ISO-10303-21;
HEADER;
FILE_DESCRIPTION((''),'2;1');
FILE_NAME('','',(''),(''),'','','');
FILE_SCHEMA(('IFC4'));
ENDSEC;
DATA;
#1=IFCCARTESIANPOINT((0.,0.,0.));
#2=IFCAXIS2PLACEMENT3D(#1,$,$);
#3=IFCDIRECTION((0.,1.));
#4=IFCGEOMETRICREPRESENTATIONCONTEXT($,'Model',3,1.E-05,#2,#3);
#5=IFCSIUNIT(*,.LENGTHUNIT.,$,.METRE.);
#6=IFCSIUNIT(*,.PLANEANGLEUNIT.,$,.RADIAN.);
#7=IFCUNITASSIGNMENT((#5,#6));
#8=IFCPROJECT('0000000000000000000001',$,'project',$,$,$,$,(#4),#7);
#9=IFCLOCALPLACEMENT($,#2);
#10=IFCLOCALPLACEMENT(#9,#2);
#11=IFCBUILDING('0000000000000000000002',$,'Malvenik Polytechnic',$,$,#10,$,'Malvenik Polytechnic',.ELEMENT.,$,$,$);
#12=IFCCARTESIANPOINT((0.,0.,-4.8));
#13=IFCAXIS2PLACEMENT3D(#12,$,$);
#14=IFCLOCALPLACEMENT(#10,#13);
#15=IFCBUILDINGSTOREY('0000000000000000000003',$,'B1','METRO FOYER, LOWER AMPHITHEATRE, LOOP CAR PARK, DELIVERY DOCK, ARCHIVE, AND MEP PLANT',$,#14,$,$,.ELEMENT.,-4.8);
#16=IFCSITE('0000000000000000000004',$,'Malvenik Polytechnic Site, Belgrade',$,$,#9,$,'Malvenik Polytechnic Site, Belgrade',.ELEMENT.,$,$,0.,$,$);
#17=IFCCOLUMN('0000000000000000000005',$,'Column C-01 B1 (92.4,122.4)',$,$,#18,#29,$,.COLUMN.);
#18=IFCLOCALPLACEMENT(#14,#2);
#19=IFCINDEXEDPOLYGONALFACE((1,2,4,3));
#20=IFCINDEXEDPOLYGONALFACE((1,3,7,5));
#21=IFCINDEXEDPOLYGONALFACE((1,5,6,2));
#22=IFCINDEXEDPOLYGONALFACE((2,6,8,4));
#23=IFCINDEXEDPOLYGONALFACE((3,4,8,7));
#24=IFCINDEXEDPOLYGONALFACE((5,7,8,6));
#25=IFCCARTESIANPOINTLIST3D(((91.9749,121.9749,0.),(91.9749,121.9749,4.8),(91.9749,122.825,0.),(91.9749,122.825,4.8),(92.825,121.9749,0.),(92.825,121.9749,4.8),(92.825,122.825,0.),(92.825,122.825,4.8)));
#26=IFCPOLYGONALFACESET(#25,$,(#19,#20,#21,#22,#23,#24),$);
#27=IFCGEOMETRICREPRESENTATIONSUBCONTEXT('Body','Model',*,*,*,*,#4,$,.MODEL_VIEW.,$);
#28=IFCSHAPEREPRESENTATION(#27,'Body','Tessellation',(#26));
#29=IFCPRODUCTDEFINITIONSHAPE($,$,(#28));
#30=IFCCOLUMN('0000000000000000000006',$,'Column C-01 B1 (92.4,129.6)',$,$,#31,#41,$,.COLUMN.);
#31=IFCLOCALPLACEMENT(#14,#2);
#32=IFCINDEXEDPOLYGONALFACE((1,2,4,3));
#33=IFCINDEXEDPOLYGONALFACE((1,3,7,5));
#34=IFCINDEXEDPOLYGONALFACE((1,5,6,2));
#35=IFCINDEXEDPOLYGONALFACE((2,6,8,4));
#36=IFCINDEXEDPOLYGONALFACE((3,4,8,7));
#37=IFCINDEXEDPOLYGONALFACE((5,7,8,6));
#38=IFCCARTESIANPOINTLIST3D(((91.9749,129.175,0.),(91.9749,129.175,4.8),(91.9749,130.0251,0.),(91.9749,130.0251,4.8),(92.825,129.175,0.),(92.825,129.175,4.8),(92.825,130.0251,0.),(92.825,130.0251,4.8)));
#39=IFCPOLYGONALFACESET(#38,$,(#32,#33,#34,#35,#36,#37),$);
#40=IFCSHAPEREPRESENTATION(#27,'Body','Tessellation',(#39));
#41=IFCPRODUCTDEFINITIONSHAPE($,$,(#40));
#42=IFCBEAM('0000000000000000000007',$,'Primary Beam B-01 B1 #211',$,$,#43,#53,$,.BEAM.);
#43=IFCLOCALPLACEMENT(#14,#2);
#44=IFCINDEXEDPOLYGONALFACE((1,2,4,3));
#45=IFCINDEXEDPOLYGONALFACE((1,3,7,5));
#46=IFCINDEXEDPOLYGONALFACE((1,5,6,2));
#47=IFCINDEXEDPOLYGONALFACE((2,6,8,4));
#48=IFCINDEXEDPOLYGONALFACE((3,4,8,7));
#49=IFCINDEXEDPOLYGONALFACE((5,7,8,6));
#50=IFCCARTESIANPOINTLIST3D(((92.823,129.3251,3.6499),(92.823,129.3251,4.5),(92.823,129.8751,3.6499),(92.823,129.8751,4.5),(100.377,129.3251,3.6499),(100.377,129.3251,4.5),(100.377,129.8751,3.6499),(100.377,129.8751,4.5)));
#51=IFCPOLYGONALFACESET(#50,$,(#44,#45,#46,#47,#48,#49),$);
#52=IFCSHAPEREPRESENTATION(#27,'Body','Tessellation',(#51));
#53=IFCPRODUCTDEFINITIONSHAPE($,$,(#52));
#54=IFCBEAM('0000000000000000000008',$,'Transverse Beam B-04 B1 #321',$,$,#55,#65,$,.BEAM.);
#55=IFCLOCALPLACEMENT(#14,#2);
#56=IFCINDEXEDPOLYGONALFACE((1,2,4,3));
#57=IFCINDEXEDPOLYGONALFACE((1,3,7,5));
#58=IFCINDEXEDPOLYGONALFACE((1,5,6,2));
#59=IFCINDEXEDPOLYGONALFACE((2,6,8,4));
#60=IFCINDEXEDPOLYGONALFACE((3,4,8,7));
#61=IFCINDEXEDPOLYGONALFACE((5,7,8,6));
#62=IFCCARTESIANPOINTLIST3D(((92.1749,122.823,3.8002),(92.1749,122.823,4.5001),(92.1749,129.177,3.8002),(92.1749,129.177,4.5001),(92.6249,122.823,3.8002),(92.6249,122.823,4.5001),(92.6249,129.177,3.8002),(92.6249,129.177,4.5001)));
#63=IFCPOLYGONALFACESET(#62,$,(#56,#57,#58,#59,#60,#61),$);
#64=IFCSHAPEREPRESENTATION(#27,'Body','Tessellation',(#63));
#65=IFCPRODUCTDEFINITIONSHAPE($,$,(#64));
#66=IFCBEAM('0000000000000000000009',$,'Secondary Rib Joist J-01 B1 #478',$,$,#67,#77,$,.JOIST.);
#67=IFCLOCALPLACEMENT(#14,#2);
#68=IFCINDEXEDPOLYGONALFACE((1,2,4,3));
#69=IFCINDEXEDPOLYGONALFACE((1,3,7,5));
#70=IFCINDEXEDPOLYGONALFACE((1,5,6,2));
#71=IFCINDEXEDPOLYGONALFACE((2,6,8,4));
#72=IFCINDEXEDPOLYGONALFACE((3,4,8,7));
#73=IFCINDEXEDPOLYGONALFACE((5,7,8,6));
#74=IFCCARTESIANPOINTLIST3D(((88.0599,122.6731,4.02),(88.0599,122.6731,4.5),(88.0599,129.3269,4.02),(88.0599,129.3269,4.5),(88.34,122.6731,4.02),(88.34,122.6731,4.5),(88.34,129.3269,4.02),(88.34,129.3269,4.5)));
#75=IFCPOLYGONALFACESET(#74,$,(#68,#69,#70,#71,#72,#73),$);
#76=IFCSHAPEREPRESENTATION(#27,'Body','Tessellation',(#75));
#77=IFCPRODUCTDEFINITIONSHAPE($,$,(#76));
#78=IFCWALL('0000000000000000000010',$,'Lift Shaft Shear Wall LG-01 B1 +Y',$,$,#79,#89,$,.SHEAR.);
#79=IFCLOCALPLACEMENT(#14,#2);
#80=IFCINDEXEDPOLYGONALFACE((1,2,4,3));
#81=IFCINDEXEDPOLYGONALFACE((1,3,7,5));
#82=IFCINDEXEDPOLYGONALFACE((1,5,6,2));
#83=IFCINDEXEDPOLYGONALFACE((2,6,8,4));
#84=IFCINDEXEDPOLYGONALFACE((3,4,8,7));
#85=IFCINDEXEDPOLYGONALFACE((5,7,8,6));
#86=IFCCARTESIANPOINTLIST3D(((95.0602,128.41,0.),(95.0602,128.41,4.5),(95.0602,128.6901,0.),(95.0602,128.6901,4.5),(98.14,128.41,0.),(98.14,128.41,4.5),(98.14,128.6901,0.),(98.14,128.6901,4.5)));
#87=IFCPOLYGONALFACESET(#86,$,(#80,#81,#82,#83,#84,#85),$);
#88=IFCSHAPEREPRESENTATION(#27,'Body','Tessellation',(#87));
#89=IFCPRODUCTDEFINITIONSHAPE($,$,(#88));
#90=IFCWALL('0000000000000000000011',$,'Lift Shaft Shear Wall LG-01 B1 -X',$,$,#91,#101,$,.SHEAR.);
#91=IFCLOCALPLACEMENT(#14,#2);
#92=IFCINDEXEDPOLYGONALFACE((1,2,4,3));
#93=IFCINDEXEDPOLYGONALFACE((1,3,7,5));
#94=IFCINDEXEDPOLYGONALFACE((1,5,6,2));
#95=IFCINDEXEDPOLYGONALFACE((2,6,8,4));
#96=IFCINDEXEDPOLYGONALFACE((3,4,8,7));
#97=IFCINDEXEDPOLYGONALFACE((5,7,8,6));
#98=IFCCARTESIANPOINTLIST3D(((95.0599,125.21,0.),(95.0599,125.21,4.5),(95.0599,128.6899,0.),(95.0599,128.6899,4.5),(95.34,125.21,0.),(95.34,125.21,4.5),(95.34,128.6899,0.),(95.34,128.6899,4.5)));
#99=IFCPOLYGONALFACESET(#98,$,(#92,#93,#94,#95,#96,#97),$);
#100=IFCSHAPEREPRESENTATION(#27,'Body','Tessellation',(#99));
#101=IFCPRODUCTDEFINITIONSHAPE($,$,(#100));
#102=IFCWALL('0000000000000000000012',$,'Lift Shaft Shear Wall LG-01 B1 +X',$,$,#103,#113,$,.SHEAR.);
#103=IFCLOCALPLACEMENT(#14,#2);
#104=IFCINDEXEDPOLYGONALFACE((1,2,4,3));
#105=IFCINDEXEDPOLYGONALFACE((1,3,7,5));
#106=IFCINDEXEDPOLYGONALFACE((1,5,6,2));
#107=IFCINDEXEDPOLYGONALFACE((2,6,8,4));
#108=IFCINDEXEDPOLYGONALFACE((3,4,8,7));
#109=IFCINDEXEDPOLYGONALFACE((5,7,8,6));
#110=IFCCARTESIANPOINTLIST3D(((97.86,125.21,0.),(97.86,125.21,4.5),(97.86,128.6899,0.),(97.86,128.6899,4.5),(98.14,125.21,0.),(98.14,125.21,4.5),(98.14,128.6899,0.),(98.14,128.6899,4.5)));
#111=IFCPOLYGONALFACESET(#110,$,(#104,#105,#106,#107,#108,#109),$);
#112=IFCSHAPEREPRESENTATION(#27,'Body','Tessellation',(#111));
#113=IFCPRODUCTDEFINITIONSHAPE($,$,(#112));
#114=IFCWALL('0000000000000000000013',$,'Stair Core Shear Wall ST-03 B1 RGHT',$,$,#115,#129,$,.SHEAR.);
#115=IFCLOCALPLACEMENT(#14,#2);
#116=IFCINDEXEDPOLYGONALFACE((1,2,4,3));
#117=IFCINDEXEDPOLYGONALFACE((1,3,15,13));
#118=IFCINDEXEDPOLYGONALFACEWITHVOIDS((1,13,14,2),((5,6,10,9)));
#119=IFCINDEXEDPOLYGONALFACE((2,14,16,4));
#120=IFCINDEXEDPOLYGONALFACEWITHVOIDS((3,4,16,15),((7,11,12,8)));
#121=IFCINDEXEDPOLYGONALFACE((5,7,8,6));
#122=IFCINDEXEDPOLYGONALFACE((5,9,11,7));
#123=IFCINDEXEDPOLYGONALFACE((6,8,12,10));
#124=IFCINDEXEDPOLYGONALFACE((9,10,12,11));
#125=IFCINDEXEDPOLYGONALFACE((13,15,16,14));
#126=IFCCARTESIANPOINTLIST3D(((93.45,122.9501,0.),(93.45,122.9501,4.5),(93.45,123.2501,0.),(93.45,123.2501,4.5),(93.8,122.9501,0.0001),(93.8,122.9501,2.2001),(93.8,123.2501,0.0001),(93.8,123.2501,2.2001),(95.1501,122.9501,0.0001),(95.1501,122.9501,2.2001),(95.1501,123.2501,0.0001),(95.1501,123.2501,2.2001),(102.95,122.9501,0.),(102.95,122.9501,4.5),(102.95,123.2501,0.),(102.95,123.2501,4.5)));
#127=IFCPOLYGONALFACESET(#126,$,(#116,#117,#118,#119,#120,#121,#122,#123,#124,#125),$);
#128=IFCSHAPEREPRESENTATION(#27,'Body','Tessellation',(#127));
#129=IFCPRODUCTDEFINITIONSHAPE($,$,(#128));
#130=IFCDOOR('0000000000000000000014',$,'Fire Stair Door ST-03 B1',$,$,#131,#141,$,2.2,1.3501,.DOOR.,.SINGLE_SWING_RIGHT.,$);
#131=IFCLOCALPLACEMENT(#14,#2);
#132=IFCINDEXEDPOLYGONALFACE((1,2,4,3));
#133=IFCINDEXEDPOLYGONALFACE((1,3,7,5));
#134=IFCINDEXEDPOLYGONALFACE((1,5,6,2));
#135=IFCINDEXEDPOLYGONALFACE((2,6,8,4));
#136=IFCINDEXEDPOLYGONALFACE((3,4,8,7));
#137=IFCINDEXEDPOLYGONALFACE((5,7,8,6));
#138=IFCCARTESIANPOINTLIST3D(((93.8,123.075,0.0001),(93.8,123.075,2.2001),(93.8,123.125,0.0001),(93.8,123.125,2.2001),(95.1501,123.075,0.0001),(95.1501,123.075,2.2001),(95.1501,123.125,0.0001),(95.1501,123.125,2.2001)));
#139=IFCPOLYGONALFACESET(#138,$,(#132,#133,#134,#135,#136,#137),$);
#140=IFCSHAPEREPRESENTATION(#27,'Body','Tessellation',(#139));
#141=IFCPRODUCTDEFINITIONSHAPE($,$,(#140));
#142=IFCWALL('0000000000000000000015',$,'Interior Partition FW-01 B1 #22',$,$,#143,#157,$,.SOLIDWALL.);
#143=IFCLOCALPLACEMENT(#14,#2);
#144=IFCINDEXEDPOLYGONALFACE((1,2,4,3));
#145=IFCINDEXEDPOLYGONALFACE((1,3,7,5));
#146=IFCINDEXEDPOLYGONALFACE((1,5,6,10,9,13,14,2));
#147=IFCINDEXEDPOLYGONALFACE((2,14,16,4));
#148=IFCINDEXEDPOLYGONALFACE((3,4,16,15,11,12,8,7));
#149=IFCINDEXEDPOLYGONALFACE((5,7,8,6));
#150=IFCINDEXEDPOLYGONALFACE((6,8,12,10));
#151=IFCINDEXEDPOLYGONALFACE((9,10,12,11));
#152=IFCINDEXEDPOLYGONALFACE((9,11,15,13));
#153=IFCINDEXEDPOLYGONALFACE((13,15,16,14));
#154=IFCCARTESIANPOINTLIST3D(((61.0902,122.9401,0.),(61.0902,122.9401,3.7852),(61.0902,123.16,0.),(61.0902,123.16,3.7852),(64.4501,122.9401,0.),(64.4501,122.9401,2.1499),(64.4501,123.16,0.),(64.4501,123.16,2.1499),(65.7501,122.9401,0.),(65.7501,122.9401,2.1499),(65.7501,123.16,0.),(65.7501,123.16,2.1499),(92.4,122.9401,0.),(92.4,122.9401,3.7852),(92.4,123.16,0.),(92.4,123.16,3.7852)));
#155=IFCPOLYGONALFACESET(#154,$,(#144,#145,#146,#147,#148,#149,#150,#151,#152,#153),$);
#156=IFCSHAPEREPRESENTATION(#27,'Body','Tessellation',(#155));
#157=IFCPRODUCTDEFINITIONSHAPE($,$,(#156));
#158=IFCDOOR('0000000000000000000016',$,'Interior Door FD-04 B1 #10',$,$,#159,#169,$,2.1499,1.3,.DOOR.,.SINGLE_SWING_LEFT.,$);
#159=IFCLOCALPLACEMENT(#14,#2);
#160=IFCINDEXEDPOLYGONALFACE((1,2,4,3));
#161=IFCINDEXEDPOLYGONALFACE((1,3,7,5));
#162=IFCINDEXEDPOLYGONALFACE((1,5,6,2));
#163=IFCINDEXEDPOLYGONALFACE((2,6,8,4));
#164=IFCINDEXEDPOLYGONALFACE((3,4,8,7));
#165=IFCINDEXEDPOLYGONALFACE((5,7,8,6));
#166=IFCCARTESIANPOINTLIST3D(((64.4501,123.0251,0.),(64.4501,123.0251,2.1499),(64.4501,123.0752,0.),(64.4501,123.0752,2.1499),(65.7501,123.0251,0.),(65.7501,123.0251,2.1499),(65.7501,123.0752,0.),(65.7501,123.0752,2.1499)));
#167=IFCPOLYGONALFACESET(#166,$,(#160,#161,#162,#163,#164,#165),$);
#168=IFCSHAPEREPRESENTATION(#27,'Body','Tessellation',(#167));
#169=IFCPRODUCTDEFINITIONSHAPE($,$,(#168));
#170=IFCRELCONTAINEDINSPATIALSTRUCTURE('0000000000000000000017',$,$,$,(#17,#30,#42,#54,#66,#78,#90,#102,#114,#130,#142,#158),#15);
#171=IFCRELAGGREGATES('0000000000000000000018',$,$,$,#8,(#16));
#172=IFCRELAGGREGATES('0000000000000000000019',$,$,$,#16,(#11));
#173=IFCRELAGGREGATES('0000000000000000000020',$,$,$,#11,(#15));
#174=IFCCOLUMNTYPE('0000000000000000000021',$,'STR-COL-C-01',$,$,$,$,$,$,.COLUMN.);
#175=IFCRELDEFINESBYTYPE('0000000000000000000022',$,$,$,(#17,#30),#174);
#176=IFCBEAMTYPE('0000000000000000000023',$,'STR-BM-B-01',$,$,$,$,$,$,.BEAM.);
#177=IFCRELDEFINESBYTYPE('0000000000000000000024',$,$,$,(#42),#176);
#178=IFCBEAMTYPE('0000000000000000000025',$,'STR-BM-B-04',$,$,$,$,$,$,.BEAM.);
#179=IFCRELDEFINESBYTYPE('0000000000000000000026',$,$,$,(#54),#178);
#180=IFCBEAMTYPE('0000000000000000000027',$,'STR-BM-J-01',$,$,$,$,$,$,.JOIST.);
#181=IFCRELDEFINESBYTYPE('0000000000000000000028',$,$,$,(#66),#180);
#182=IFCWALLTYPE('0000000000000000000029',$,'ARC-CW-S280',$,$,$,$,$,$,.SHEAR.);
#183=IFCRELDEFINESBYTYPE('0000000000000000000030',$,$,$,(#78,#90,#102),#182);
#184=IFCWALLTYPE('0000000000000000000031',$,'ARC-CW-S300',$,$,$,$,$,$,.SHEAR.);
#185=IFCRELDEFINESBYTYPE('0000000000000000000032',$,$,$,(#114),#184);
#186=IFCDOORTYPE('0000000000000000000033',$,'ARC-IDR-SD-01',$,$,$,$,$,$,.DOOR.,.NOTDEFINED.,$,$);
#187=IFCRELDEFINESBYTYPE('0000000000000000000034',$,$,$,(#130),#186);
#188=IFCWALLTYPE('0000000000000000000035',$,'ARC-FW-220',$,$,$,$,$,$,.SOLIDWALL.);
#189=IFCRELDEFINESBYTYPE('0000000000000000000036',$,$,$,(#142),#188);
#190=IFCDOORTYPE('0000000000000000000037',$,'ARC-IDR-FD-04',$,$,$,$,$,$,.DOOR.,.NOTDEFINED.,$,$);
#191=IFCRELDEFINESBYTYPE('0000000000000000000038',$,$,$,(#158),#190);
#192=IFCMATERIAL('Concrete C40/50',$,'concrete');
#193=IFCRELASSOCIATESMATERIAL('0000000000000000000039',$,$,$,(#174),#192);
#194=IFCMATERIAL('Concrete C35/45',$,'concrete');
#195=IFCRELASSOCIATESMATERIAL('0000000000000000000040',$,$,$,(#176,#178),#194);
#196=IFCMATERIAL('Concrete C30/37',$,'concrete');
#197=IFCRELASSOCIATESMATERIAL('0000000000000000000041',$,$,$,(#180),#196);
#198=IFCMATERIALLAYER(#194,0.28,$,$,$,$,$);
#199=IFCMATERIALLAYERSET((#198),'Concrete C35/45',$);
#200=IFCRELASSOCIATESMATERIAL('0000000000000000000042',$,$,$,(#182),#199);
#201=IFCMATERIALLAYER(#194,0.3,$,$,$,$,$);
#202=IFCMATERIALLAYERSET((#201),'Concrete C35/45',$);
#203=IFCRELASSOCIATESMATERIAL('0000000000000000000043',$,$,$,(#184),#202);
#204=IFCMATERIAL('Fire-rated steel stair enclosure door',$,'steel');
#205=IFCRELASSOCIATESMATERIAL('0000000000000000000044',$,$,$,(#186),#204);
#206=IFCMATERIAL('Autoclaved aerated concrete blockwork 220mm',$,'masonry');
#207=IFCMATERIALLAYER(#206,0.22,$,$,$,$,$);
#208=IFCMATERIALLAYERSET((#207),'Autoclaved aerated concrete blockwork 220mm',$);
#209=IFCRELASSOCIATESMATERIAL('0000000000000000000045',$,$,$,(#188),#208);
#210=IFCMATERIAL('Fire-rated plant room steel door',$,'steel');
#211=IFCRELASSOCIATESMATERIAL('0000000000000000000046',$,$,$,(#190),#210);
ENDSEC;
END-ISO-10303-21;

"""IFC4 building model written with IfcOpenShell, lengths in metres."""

from ifc_helpers import new_model, si_unit, direction, frame, frame_2d, origin, origin_2d, place, context, subcontext, project, spatial, rectangle, extrude, material, layer, layer_set, material_profile, profile_set, type_object, element, fill, save


model = new_model("IFC4")

# Units and contexts
model_context = context("Model", 3, precision=1e-05, world=origin(), true_north=direction((0.0, 1.0)))
body_context = subcontext(model_context, "Body", "Model", "MODEL_VIEW")
ifc_project = project(units=[si_unit("LENGTHUNIT", "METRE"), si_unit("PLANEANGLEUNIT", "RADIAN")], contexts=[model_context])

# Site, building, storey
site_placement = place(None, origin())
site = spatial("IfcSite", under=ifc_project, at=site_placement, Name="Malvenik Polytechnic Site, Belgrade", LongName="Malvenik Polytechnic Site, Belgrade", CompositionType="ELEMENT", RefElevation=0.0)
building_placement = place(site_placement, origin())
building = spatial("IfcBuilding", under=site, at=building_placement, Name="Malvenik Polytechnic", LongName="Malvenik Polytechnic", CompositionType="ELEMENT")
storey_placement = place(building_placement, frame((0.0, 0.0, -4.8)))
storey = spatial("IfcBuildingStorey", under=building, at=storey_placement, Name="B1", Description="METRO FOYER, LOWER AMPHITHEATRE, LOOP CAR PARK, DELIVERY DOCK, ARCHIVE, AND MEP PLANT", CompositionType="ELEMENT", Elevation=-4.8)

# Shared definitions
ifc_material_1 = material(Name="Concrete C35/45", Category="concrete")

# Columns
ifc_material_2 = material(Name="Concrete C40/50", Category="concrete")
ifc_material_profile_1 = material_profile(ifc_material_2, rectangle(XDim=0.8501, YDim=0.8501, at=origin_2d()), Name="RC COL 850x850")
ifc_profile_set_1 = profile_set([ifc_material_profile_1], Name="Concrete C40/50")
column_type = type_object("IfcColumnType", Name="STR-COL-C-01", PredefinedType="COLUMN", material=ifc_profile_set_1)
for number, where, z_axis, x_axis, name in (
    (1, (92.3999, 122.3999, 0.0), (0.0, 0.0, 1.0), (1.0, 0.0, 0.0), "Column C-01 B1 (92.4,122.4)"),
    (2, (92.3999, 129.6001, 0.0), (0.0, 0.0, 1.0), (1.0, 0.0, 0.0), "Column C-01 B1 (92.4,129.6)"),
):
    element("IfcColumn", number, at=place(storey_placement, frame(where, z_axis=z_axis, x_axis=x_axis)), inside=storey, type_object=column_type, Name=name, PredefinedType="COLUMN", context=body_context, shape_type="SweptSolid", body=[
        extrude(rectangle(XDim=0.8501, YDim=0.8501, at=origin_2d()), origin(), (0.0, 0.0, 1.0), 4.8),
    ])

# Beams
ifc_material_profile_2 = material_profile(ifc_material_1, rectangle(XDim=0.55, YDim=0.8501, at=origin_2d()), Name="RC BM 550x850")
ifc_profile_set_2 = profile_set([ifc_material_profile_2], Name="Concrete C35/45")
beam_type_1 = type_object("IfcBeamType", Name="STR-BM-B-01", PredefinedType="BEAM", material=ifc_profile_set_2)
beam_1_placement = place(storey_placement, frame((92.823, 129.6001, 4.075), z_axis=(1.0, 0.0, 0.0), x_axis=(0.0, 1.0, 0.0)))
element("IfcBeam", 3, at=beam_1_placement, inside=storey, type_object=beam_type_1, Name="Primary Beam B-01 B1 #211", PredefinedType="BEAM", context=body_context, shape_type="SweptSolid", body=[
    extrude(rectangle(XDim=0.55, YDim=0.8501, at=origin_2d()), origin(), (0.0, 0.0, 1.0), 7.554),
])
ifc_material_profile_3 = material_profile(ifc_material_1, rectangle(XDim=0.45, YDim=0.7, at=origin_2d()), Name="RC BM 450x700")
ifc_profile_set_3 = profile_set([ifc_material_profile_3], Name="Concrete C35/45")
beam_type_2 = type_object("IfcBeamType", Name="STR-BM-B-04", PredefinedType="BEAM", material=ifc_profile_set_3)
beam_2_placement = place(storey_placement, frame((92.3999, 122.823, 4.1501), z_axis=(0.0, 1.0, 0.0), x_axis=(-1.0, 0.0, 0.0)))
element("IfcBeam", 4, at=beam_2_placement, inside=storey, type_object=beam_type_2, Name="Transverse Beam B-04 B1 #321", PredefinedType="BEAM", context=body_context, shape_type="SweptSolid", body=[
    extrude(rectangle(XDim=0.45, YDim=0.7, at=origin_2d()), origin(), (0.0, 0.0, 1.0), 6.354),
])
ifc_material_3 = material(Name="Concrete C30/37", Category="concrete")
ifc_material_profile_4 = material_profile(ifc_material_3, rectangle(XDim=0.28, YDim=0.48, at=origin_2d()), Name="RC JST 280x480")
ifc_profile_set_4 = profile_set([ifc_material_profile_4], Name="Concrete C30/37")
beam_type_3 = type_object("IfcBeamType", Name="STR-BM-J-01", PredefinedType="JOIST", material=ifc_profile_set_4)
beam_3_placement = place(storey_placement, frame((88.2, 122.6731, 4.26), z_axis=(0.0, 1.0, 0.0), x_axis=(-1.0, 0.0, 0.0)))
element("IfcBeam", 5, at=beam_3_placement, inside=storey, type_object=beam_type_3, Name="Secondary Rib Joist J-01 B1 #478", PredefinedType="JOIST", context=body_context, shape_type="SweptSolid", body=[
    extrude(rectangle(XDim=0.28, YDim=0.48, at=origin_2d()), origin(), (0.0, 0.0, 1.0), 6.6538),
])

# Walls
ifc_layer_1 = layer(ifc_material_1, 0.28)
ifc_layer_set_1 = layer_set([ifc_layer_1], Name="Concrete C35/45")
wall_type_1 = type_object("IfcWallType", Name="ARC-CW-S280", PredefinedType="SHEAR", material=ifc_layer_set_1)
wall_1_placement = place(storey_placement, frame((95.0601, 128.55, 0.0), z_axis=(0.0, 0.0, 1.0), x_axis=(1.0, 0.0, 0.0)))
element("IfcWall", 6, at=wall_1_placement, inside=storey, type_object=wall_type_1, Name="Lift Shaft Shear Wall LG-01 B1 +Y", PredefinedType="SHEAR", context=body_context, shape_type="SweptSolid", body=[
    extrude(rectangle(XDim=3.0798, YDim=0.28, at=frame_2d((1.54, 0.0))), origin(), (0.0, 0.0, 1.0), 4.5),
])
for number, where, z_axis, x_axis, name in (
    (7, (95.2, 125.21, 0.0), (0.0, 0.0, 1.0), (0.0, 1.0, 0.0), "Lift Shaft Shear Wall LG-01 B1 -X"),
    (8, (98.0, 128.6899, 0.0), (0.0, 0.0, 1.0), (0.0, -1.0, 0.0), "Lift Shaft Shear Wall LG-01 B1 +X"),
):
    element("IfcWall", number, at=place(storey_placement, frame(where, z_axis=z_axis, x_axis=x_axis)), inside=storey, type_object=wall_type_1, Name=name, PredefinedType="SHEAR", context=body_context, shape_type="SweptSolid", body=[
        extrude(rectangle(XDim=3.48, YDim=0.28, at=frame_2d((1.74, 0.0))), origin(), (0.0, 0.0, 1.0), 4.5),
    ])

# Walls, openings, doors
ifc_layer_2 = layer(ifc_material_1, 0.3)
ifc_layer_set_2 = layer_set([ifc_layer_2], Name="Concrete C35/45")
wall_type_2 = type_object("IfcWallType", Name="ARC-CW-S300", PredefinedType="SHEAR", material=ifc_layer_set_2)
wall_2_placement = place(storey_placement, frame((93.45, 123.1001, 0.0), z_axis=(0.0, 0.0, 1.0), x_axis=(1.0, 0.0, 0.0)))
wall_2 = element("IfcWall", 9, at=wall_2_placement, inside=storey, type_object=wall_type_2, Name="Stair Core Shear Wall ST-03 B1 RGHT", PredefinedType="SHEAR", context=body_context, shape_type="SweptSolid", body=[
    extrude(rectangle(XDim=9.5, YDim=0.3, at=frame_2d((4.75, 0.0))), origin(), (0.0, 0.0, 1.0), 4.5),
])
opening_1_placement = place(wall_2_placement, frame((0.3501, 0.0, 0.0)))
opening_1 = element("IfcOpeningElement", 10, at=opening_1_placement, cuts=wall_2, PredefinedType="OPENING", context=body_context, shape_type="SweptSolid", body=[
    extrude(rectangle(XDim=1.3501, YDim=2.2, at=frame_2d((0.675, 1.1001))), frame((0.0, 0.1602, 0.0), z_axis=(0.0, -1.0, 0.0), x_axis=(1.0, 0.0, 0.0)), (0.0, 0.0, 1.0), 0.3201),
])
ifc_material_4 = material(Name="Fire-rated steel stair enclosure door", Category="steel")
door_type_1 = type_object("IfcDoorType", Name="ARC-IDR-SD-01", OperationType="NOTDEFINED", PredefinedType="DOOR", material=ifc_material_4)
door_1_placement = place(opening_1_placement, origin())
door_1 = element("IfcDoor", 11, at=door_1_placement, inside=storey, type_object=door_type_1, Name="Fire Stair Door ST-03 B1", OperationType="SINGLE_SWING_RIGHT", OverallHeight=2.2, OverallWidth=1.3501, PredefinedType="DOOR", context=body_context, shape_type="SweptSolid", body=[
    extrude(rectangle(XDim=1.3501, YDim=2.2, at=frame_2d((0.675, 1.1001))), frame((0.0, 0.0249, 0.0), z_axis=(0.0, -1.0, 0.0), x_axis=(1.0, 0.0, 0.0)), (0.0, 0.0, 1.0), 0.05),
])
fill(opening_1, door_1)
ifc_material_5 = material(Name="Autoclaved aerated concrete blockwork 220mm", Category="masonry")
ifc_layer_3 = layer(ifc_material_5, 0.22)
ifc_layer_set_3 = layer_set([ifc_layer_3], Name="Autoclaved aerated concrete blockwork 220mm")
wall_type_3 = type_object("IfcWallType", Name="ARC-FW-220", PredefinedType="SOLIDWALL", material=ifc_layer_set_3)
wall_3_placement = place(storey_placement, frame((92.3999, 123.05, 0.0), z_axis=(0.0, 0.0, 1.0), x_axis=(-1.0, 0.0, 0.0)))
wall_3 = element("IfcWall", 12, at=wall_3_placement, inside=storey, type_object=wall_type_3, Name="Interior Partition FW-01 B1 #22", PredefinedType="SOLIDWALL", context=body_context, shape_type="SweptSolid", body=[
    extrude(rectangle(XDim=31.3098, YDim=0.22, at=frame_2d((15.6548, 0.0))), origin(), (0.0, 0.0, 1.0), 3.7852),
])
opening_2_placement = place(wall_3_placement, frame((26.6499, 0.0, 0.0)))
opening_2 = element("IfcOpeningElement", 13, at=opening_2_placement, cuts=wall_3, PredefinedType="OPENING", context=body_context, shape_type="SweptSolid", body=[
    extrude(rectangle(XDim=1.3, YDim=2.1499, at=frame_2d((0.6499, 1.075))), frame((0.0, 0.1201, 0.0), z_axis=(0.0, -1.0, 0.0), x_axis=(1.0, 0.0, 0.0)), (0.0, 0.0, 1.0), 0.24),
])
ifc_material_6 = material(Name="Fire-rated plant room steel door", Category="steel")
door_type_2 = type_object("IfcDoorType", Name="ARC-IDR-FD-04", OperationType="NOTDEFINED", PredefinedType="DOOR", material=ifc_material_6)
door_2_placement = place(opening_2_placement, origin())
door_2 = element("IfcDoor", 14, at=door_2_placement, inside=storey, type_object=door_type_2, Name="Interior Door FD-04 B1 #10", OperationType="SINGLE_SWING_LEFT", OverallHeight=2.1499, OverallWidth=1.3, PredefinedType="DOOR", context=body_context, shape_type="SweptSolid", body=[
    extrude(rectangle(XDim=1.3, YDim=2.1499, at=frame_2d((0.6499, 1.075))), frame((0.0, 0.0249, 0.0), z_axis=(0.0, -1.0, 0.0), x_axis=(1.0, 0.0, 0.0)), (0.0, 0.0, 1.0), 0.05),
])
fill(opening_2, door_2)

save(model, "model.ifc")
